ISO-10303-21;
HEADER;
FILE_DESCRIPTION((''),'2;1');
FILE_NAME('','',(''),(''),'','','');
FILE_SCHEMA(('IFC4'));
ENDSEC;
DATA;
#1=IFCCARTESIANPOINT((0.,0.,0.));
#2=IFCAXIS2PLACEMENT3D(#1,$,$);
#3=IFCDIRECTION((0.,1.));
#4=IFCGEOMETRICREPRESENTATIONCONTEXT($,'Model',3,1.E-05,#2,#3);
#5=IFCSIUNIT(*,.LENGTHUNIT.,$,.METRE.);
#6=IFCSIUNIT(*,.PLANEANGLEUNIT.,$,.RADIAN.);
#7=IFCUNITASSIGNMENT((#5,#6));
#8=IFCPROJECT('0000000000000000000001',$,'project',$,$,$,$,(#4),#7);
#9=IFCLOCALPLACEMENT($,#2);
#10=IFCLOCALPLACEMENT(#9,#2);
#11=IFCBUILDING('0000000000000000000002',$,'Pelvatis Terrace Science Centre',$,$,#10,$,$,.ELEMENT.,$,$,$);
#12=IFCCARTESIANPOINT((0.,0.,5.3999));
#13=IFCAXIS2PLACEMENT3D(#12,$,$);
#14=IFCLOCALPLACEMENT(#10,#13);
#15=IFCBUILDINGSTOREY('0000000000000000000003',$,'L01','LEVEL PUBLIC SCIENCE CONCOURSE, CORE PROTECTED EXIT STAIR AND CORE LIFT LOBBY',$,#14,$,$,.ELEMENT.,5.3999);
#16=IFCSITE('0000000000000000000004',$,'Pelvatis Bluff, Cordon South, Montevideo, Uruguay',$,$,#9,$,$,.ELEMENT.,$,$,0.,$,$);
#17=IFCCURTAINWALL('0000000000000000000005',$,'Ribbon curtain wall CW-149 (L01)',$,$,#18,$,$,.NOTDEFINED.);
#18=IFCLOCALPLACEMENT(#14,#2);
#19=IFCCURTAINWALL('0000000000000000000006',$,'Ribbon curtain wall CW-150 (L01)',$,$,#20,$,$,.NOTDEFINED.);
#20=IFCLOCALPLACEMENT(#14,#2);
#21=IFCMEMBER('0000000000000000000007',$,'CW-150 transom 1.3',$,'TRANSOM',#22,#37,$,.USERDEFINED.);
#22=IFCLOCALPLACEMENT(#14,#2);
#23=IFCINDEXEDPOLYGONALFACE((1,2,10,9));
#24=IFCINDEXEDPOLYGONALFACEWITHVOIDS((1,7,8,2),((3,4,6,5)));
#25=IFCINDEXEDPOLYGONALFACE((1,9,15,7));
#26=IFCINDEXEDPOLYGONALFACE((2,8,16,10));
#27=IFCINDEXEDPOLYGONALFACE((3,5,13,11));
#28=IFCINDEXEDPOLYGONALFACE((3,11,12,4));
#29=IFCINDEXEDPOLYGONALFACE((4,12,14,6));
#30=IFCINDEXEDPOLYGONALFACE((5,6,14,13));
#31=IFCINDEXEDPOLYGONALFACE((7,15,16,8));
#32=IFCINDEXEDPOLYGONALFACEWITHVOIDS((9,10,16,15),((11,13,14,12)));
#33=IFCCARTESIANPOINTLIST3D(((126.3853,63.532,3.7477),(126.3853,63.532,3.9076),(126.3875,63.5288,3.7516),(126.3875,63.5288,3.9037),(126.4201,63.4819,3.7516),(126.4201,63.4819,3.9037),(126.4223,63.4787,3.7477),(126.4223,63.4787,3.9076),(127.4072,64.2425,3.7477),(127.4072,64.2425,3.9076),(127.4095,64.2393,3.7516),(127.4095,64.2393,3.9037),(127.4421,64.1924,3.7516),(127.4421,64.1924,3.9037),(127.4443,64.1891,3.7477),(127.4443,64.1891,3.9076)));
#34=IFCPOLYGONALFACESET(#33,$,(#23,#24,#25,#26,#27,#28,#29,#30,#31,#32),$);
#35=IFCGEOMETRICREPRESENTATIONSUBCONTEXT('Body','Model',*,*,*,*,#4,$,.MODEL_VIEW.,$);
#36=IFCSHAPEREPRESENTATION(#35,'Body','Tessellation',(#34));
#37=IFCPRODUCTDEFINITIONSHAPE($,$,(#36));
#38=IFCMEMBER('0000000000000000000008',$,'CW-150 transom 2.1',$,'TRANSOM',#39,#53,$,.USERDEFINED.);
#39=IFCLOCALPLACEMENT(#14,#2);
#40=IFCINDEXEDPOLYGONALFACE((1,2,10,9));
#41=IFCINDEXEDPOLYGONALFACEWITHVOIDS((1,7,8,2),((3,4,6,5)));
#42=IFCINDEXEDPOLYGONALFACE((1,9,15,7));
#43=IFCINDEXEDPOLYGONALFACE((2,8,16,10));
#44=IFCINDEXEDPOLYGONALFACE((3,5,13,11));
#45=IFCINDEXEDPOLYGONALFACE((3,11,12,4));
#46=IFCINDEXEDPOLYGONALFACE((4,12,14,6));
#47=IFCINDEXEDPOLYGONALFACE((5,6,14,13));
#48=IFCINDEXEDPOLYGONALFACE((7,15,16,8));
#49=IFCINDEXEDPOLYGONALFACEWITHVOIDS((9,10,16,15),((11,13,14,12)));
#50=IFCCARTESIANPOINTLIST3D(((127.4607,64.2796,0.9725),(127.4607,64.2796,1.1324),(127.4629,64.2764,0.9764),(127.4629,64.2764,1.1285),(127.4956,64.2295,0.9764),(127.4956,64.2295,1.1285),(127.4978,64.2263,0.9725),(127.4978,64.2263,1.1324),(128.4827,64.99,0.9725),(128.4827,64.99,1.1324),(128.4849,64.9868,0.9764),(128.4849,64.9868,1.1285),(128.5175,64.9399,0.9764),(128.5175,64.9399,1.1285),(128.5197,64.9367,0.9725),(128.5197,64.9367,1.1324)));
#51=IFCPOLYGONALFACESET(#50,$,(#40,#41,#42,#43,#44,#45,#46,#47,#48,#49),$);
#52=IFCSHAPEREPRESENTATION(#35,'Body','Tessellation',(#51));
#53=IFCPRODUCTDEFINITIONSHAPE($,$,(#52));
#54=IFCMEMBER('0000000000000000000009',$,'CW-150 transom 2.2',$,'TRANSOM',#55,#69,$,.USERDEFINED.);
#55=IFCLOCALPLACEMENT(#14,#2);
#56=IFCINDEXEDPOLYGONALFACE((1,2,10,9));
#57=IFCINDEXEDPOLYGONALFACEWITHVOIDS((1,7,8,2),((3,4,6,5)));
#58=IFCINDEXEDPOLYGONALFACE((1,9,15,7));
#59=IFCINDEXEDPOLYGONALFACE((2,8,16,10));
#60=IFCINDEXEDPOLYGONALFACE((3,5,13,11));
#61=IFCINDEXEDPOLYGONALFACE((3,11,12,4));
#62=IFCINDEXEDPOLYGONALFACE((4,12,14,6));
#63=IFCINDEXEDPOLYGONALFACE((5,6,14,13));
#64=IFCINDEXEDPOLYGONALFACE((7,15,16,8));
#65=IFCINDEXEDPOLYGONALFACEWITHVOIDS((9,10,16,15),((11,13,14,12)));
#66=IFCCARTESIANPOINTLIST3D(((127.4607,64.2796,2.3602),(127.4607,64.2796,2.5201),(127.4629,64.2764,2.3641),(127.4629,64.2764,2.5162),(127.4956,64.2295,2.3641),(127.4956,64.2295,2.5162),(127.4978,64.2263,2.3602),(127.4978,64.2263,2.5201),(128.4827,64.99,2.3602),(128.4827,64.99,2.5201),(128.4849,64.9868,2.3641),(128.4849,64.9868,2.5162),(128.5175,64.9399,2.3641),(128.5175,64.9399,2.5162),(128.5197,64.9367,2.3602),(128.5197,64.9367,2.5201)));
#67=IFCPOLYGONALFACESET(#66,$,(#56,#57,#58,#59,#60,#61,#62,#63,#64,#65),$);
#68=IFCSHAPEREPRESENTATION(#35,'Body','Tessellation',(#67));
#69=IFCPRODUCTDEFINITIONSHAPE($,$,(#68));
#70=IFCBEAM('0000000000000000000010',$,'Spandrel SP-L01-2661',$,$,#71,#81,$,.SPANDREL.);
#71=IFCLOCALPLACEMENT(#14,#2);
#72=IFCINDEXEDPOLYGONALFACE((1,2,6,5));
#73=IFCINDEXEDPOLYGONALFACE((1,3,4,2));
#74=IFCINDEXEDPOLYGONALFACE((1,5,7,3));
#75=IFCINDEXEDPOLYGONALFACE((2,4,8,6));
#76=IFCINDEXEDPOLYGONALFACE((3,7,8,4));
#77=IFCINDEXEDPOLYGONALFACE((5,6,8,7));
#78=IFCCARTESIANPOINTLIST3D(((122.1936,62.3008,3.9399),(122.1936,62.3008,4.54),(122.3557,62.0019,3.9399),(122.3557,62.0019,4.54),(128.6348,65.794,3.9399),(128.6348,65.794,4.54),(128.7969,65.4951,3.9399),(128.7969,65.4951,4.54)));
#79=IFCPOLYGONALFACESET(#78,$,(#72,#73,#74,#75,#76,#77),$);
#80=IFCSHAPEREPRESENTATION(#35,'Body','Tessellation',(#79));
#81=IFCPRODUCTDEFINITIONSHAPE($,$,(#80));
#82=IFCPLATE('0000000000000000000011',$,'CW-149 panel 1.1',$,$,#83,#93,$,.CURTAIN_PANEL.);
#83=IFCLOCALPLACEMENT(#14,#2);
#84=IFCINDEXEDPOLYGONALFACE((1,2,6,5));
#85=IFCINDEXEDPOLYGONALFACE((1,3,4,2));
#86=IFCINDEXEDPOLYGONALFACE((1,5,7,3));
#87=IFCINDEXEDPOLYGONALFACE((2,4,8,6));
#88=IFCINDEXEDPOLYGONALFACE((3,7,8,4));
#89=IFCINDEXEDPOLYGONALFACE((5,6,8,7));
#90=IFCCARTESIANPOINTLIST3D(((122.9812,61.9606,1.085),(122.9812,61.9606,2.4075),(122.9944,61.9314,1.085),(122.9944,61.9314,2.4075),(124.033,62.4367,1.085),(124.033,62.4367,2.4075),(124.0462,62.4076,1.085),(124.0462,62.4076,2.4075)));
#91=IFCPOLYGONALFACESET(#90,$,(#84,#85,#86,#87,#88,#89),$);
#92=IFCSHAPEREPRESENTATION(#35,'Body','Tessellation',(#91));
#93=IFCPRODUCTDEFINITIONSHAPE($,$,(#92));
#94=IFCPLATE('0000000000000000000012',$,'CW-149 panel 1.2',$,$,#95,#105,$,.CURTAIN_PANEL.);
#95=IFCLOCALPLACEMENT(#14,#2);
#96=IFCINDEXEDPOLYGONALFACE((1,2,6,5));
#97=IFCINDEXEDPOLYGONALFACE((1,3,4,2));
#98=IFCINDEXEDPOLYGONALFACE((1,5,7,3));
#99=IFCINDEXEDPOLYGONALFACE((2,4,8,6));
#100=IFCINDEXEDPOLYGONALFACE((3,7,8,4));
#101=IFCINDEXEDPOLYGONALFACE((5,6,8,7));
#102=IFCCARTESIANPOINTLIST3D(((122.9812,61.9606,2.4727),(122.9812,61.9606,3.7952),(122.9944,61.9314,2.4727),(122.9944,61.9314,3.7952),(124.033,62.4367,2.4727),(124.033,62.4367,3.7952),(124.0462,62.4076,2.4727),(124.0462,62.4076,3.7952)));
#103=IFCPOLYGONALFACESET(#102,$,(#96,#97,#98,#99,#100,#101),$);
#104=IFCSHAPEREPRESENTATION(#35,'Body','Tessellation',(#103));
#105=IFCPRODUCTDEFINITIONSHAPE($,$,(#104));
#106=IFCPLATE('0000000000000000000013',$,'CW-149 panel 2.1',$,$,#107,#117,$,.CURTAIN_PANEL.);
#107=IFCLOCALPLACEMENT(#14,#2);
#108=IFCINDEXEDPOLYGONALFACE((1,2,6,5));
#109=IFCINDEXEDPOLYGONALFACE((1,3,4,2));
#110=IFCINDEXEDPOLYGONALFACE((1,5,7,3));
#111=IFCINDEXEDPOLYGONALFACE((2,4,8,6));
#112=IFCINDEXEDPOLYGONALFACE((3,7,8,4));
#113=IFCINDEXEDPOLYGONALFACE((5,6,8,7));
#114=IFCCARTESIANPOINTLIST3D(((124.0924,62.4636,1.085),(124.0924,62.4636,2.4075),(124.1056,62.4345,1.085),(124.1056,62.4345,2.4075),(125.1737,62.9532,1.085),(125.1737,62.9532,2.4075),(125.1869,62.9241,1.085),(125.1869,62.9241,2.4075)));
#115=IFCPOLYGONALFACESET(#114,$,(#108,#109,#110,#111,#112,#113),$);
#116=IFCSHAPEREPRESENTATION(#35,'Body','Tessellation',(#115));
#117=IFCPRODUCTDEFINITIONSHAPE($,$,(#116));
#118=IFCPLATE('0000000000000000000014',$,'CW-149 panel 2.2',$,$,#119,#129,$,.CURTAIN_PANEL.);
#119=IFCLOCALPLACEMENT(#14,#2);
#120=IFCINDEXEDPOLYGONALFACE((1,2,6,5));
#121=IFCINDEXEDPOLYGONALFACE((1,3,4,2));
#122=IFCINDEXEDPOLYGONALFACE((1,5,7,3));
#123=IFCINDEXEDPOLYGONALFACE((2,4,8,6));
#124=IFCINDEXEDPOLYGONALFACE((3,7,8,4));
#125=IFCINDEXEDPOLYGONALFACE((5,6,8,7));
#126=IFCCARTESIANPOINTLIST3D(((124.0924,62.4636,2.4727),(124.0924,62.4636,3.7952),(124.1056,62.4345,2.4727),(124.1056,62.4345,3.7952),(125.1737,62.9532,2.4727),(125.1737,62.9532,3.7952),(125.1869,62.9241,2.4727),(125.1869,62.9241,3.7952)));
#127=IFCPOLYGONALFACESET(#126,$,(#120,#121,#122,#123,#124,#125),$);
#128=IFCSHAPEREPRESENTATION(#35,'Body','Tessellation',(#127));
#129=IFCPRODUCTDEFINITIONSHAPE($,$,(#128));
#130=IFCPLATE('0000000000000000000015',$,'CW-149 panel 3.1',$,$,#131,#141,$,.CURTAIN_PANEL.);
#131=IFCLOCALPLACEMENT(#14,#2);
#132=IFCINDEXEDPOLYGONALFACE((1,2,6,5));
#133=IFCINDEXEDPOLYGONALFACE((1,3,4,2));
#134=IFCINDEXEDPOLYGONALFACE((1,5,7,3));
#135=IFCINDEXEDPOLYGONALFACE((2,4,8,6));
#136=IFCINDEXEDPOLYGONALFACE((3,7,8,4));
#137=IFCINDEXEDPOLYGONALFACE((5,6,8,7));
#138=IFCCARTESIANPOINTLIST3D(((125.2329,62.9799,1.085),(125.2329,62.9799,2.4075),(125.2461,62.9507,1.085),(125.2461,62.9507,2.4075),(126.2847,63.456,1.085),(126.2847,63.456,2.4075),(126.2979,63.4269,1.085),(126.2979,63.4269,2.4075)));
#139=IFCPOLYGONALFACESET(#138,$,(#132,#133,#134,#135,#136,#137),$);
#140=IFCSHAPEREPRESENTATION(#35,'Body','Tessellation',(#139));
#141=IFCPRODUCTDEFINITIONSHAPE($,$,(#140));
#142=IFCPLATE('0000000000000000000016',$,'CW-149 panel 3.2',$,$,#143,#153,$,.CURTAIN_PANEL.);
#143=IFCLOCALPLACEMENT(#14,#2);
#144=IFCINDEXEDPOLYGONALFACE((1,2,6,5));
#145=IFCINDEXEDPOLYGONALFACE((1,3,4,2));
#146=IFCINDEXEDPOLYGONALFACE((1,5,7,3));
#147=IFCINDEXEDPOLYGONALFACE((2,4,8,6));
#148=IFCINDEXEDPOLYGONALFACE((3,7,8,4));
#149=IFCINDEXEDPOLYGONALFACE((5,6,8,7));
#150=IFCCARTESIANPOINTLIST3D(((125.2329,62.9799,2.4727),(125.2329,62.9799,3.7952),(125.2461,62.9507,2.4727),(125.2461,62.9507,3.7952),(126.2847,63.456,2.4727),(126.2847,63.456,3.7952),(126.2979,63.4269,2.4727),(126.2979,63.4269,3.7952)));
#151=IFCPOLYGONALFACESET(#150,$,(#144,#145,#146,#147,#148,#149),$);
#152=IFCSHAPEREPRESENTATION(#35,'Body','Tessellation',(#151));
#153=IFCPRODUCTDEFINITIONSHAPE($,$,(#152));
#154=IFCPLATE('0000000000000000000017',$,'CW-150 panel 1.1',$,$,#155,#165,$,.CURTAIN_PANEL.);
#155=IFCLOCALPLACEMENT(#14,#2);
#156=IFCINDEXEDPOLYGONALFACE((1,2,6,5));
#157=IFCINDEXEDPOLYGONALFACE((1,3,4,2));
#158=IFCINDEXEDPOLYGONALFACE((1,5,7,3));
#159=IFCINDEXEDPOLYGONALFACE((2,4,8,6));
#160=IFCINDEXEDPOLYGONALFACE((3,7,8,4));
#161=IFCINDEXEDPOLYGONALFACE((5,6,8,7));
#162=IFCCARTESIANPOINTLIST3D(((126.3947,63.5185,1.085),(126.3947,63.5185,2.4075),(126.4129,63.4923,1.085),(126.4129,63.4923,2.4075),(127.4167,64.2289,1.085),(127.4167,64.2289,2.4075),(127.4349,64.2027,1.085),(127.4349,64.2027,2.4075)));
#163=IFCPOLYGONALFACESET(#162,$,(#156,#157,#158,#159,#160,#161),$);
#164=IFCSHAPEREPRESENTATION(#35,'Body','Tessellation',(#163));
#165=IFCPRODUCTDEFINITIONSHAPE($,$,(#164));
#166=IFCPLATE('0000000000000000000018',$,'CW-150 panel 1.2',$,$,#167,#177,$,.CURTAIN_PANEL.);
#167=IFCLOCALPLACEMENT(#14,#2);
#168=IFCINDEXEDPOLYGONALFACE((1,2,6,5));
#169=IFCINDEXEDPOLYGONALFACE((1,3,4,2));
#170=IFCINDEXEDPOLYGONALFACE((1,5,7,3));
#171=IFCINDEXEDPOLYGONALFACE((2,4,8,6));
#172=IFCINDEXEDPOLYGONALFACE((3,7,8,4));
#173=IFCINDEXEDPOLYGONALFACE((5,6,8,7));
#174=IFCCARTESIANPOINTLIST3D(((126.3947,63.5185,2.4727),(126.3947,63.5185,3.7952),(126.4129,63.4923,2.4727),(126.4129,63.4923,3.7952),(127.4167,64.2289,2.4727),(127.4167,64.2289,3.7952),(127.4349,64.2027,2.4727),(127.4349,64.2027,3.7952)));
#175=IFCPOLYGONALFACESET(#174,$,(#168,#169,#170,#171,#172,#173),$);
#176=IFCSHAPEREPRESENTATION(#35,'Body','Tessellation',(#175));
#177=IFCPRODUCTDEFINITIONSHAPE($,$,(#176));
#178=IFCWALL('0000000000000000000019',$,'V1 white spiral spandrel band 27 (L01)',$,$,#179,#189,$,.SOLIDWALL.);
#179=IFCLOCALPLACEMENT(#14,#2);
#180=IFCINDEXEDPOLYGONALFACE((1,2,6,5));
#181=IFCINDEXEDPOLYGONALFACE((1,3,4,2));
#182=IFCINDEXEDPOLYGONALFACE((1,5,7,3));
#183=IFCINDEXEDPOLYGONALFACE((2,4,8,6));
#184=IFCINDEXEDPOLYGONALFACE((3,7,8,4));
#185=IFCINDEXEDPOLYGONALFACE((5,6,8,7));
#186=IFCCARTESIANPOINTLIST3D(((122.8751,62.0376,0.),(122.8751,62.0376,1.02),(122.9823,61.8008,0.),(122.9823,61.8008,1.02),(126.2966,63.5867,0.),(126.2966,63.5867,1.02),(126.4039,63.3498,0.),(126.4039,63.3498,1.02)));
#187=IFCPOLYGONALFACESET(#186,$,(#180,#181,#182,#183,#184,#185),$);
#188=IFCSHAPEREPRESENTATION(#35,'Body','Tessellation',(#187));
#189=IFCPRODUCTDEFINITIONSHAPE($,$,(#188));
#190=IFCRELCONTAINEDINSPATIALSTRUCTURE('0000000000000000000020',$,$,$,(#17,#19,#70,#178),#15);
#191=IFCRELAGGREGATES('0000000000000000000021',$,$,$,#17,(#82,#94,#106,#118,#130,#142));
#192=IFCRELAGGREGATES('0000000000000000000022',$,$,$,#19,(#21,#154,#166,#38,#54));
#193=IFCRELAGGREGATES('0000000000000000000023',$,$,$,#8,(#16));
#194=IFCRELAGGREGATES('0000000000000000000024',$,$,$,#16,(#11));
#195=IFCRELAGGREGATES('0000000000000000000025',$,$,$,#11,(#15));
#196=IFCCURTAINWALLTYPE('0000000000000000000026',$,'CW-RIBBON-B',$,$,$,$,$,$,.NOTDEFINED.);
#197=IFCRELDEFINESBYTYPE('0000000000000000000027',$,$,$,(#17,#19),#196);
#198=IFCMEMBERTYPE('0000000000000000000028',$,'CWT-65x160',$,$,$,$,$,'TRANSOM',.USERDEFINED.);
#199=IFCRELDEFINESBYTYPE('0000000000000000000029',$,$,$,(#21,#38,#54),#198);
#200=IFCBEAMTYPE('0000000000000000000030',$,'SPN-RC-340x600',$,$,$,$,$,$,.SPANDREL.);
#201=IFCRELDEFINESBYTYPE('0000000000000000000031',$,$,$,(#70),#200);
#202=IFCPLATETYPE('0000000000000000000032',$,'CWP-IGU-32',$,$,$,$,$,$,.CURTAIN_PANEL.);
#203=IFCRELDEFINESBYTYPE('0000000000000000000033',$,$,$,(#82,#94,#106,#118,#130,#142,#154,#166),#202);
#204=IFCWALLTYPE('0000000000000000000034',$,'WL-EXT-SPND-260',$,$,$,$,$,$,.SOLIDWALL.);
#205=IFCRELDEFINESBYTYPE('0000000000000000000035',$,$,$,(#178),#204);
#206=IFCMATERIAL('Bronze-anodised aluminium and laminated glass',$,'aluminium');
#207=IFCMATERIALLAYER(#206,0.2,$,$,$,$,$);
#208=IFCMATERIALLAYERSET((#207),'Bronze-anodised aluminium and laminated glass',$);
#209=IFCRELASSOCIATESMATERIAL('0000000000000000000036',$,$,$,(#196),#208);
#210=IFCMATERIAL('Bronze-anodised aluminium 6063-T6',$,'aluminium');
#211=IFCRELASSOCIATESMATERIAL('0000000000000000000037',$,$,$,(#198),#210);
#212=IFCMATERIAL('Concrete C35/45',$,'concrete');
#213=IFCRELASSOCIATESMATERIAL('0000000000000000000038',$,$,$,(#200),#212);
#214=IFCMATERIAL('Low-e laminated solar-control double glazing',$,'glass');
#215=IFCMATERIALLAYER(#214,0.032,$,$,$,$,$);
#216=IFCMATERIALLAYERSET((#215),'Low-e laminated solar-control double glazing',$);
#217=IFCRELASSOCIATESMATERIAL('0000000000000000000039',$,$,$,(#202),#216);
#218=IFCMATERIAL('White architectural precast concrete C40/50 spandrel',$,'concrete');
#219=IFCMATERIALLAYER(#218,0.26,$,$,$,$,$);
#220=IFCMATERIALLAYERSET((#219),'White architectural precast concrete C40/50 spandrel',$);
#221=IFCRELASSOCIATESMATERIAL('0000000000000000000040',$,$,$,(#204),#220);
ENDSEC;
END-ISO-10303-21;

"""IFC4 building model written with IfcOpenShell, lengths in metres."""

from ifc_helpers import new_model, si_unit, direction, frame, frame_2d, origin, origin_2d, place, context, subcontext, project, spatial, rectangle, hollow_rectangle, extrude, material, layer, layer_set, material_profile, profile_set, type_object, element, aggregate, save


model = new_model("IFC4")

# Units and contexts
model_context = context("Model", 3, precision=1e-05, world=origin(), true_north=direction((0.0, 1.0)))
body_context = subcontext(model_context, "Body", "Model", "MODEL_VIEW")
ifc_project = project(units=[si_unit("LENGTHUNIT", "METRE"), si_unit("PLANEANGLEUNIT", "RADIAN")], contexts=[model_context])

# Site, building, storey
site_placement = place(None, origin())
site = spatial("IfcSite", under=ifc_project, at=site_placement, Name="Pelvatis Bluff, Cordon South, Montevideo, Uruguay", CompositionType="ELEMENT", RefElevation=0.0)
building_placement = place(site_placement, origin())
building = spatial("IfcBuilding", under=site, at=building_placement, Name="Pelvatis Terrace Science Centre", CompositionType="ELEMENT")
storey_placement = place(building_placement, frame((0.0, 0.0, 5.3999)))
storey = spatial("IfcBuildingStorey", under=building, at=storey_placement, Name="L01", Description="LEVEL PUBLIC SCIENCE CONCOURSE, CORE PROTECTED EXIT STAIR AND CORE LIFT LOBBY", CompositionType="ELEMENT", Elevation=5.3999)

# Shared definitions
ifc_material_1 = material(Name="Bronze-anodised aluminium and laminated glass", Category="aluminium")
ifc_layer_1 = layer(ifc_material_1, 0.2)
ifc_layer_set_1 = layer_set([ifc_layer_1], Name="Bronze-anodised aluminium and laminated glass")
curtain_wall_type = type_object("IfcCurtainWallType", Name="CW-RIBBON-B", PredefinedType="NOTDEFINED", material=ifc_layer_set_1)

# Curtain walls
curtain_wall_1_placement = place(storey_placement, origin())
curtain_wall_1 = element("IfcCurtainWall", 1, at=curtain_wall_1_placement, inside=storey, type_object=curtain_wall_type, Name="Ribbon curtain wall CW-149 (L01)", PredefinedType="NOTDEFINED")
curtain_wall_2_placement = place(storey_placement, origin())
curtain_wall_2 = element("IfcCurtainWall", 2, at=curtain_wall_2_placement, inside=storey, type_object=curtain_wall_type, Name="Ribbon curtain wall CW-150 (L01)", PredefinedType="NOTDEFINED")

# Members
ifc_material_2 = material(Name="Bronze-anodised aluminium 6063-T6", Category="aluminium")
ifc_material_profile_1 = material_profile(ifc_material_2, hollow_rectangle(XDim=0.0649, YDim=0.1599, WallThickness=0.0039, at=origin_2d()), Name="ALU-TRN 65x160")
ifc_profile_set_1 = profile_set([ifc_material_profile_1], Name="Bronze-anodised aluminium 6063-T6")
member_type_1 = type_object("IfcMemberType", Name="CWT-65x160", ElementType="TRANSOM", PredefinedType="USERDEFINED", material=ifc_profile_set_1)
member_1_placement = place(storey_placement, frame((126.4038, 63.5054, 3.8276), z_axis=(0.821089, 0.5708, 0.0), x_axis=(-0.5708, 0.821089, 0.0)))
member_1 = element("IfcMember", 3, at=member_1_placement, type_object=member_type_1, Name="CW-150 transom 1.3", ObjectType="TRANSOM", PredefinedType="USERDEFINED", context=body_context, shape_type="SweptSolid", body=[
    extrude(hollow_rectangle(XDim=0.0649, YDim=0.1599, WallThickness=0.0039, at=origin_2d()), origin(), (0.0, 0.0, 1.0), 1.2446),
])
member_2_placement = place(storey_placement, frame((127.4792, 64.2529, 1.0525), z_axis=(0.821089, 0.5708, 0.0), x_axis=(-0.5708, 0.821089, 0.0)))
member_2 = element("IfcMember", 4, at=member_2_placement, type_object=member_type_1, Name="CW-150 transom 2.1", ObjectType="TRANSOM", PredefinedType="USERDEFINED", context=body_context, shape_type="SweptSolid", body=[
    extrude(hollow_rectangle(XDim=0.0649, YDim=0.1599, WallThickness=0.0039, at=origin_2d()), origin(), (0.0, 0.0, 1.0), 1.2446),
])
member_3_placement = place(storey_placement, frame((127.4792, 64.2529, 2.4402), z_axis=(0.821089, 0.5708, 0.0), x_axis=(-0.5708, 0.821089, 0.0)))
member_3 = element("IfcMember", 5, at=member_3_placement, type_object=member_type_1, Name="CW-150 transom 2.2", ObjectType="TRANSOM", PredefinedType="USERDEFINED", context=body_context, shape_type="SweptSolid", body=[
    extrude(hollow_rectangle(XDim=0.0649, YDim=0.1599, WallThickness=0.0039, at=origin_2d()), origin(), (0.0, 0.0, 1.0), 1.2446),
])

# Beam
ifc_material_3 = material(Name="Concrete C35/45", Category="concrete")
ifc_material_profile_2 = material_profile(ifc_material_3, rectangle(XDim=0.3401, YDim=0.6001, at=origin_2d()), Name="RC-SPN 340x600")
ifc_profile_set_2 = profile_set([ifc_material_profile_2], Name="Concrete C35/45")
beam_type_1 = type_object("IfcBeamType", Name="SPN-RC-340x600", PredefinedType="SPANDREL", material=ifc_profile_set_2)
beam_1_placement = place(storey_placement, frame((122.2747, 62.1514, 4.24), z_axis=(0.879052, 0.476726, 0.0), x_axis=(-0.476726, 0.879052, 0.0)))
element("IfcBeam", 6, at=beam_1_placement, inside=storey, type_object=beam_type_1, Name="Spandrel SP-L01-2661", PredefinedType="SPANDREL", context=body_context, shape_type="SweptSolid", body=[
    extrude(rectangle(XDim=0.3401, YDim=0.6001, at=origin_2d()), origin(), (0.0, 0.0, 1.0), 7.3274),
])

# Plates
ifc_material_4 = material(Name="Low-e laminated solar-control double glazing", Category="glass")
ifc_layer_2 = layer(ifc_material_4, 0.032)
ifc_layer_set_2 = layer_set([ifc_layer_2], Name="Low-e laminated solar-control double glazing")
plate_type = type_object("IfcPlateType", Name="CWP-IGU-32", PredefinedType="CURTAIN_PANEL", material=ifc_layer_set_2)
plate_1_placement = place(storey_placement, frame((123.5137, 62.1841, 1.085), z_axis=(0.0, 0.0, 1.0), x_axis=(0.910989, 0.41243, 0.0)))
plate_1 = element("IfcPlate", 7, at=plate_1_placement, type_object=plate_type, Name="CW-149 panel 1.1", PredefinedType="CURTAIN_PANEL", context=body_context, shape_type="SweptSolid", body=[
    extrude(rectangle(XDim=1.1545, YDim=0.032, at=origin_2d()), origin(), (0.0, 0.0, 1.0), 1.3225),
])
plate_2_placement = place(storey_placement, frame((123.5137, 62.1841, 2.4727), z_axis=(0.0, 0.0, 1.0), x_axis=(0.910989, 0.41243, 0.0)))
plate_2 = element("IfcPlate", 8, at=plate_2_placement, type_object=plate_type, Name="CW-149 panel 1.2", PredefinedType="CURTAIN_PANEL", context=body_context, shape_type="SweptSolid", body=[
    extrude(rectangle(XDim=1.1545, YDim=0.032, at=origin_2d()), origin(), (0.0, 0.0, 1.0), 1.3225),
])
plate_3_placement = place(storey_placement, frame((124.6396, 62.6938, 1.085), z_axis=(0.0, 0.0, 1.0), x_axis=(0.910989, 0.41243, 0.0)))
plate_3 = element("IfcPlate", 9, at=plate_3_placement, type_object=plate_type, Name="CW-149 panel 2.1", PredefinedType="CURTAIN_PANEL", context=body_context, shape_type="SweptSolid", body=[
    extrude(rectangle(XDim=1.187, YDim=0.032, at=origin_2d()), origin(), (0.0, 0.0, 1.0), 1.3225),
])
plate_4_placement = place(storey_placement, frame((124.6396, 62.6938, 2.4727), z_axis=(0.0, 0.0, 1.0), x_axis=(0.910989, 0.41243, 0.0)))
plate_4 = element("IfcPlate", 10, at=plate_4_placement, type_object=plate_type, Name="CW-149 panel 2.2", PredefinedType="CURTAIN_PANEL", context=body_context, shape_type="SweptSolid", body=[
    extrude(rectangle(XDim=1.187, YDim=0.032, at=origin_2d()), origin(), (0.0, 0.0, 1.0), 1.3225),
])
plate_5_placement = place(storey_placement, frame((125.7654, 63.2034, 1.085), z_axis=(0.0, 0.0, 1.0), x_axis=(0.910989, 0.41243, 0.0)))
plate_5 = element("IfcPlate", 11, at=plate_5_placement, type_object=plate_type, Name="CW-149 panel 3.1", PredefinedType="CURTAIN_PANEL", context=body_context, shape_type="SweptSolid", body=[
    extrude(rectangle(XDim=1.1545, YDim=0.032, at=origin_2d()), origin(), (0.0, 0.0, 1.0), 1.3225),
])
plate_6_placement = place(storey_placement, frame((125.7654, 63.2034, 2.4727), z_axis=(0.0, 0.0, 1.0), x_axis=(0.910989, 0.41243, 0.0)))
plate_6 = element("IfcPlate", 12, at=plate_6_placement, type_object=plate_type, Name="CW-149 panel 3.2", PredefinedType="CURTAIN_PANEL", context=body_context, shape_type="SweptSolid", body=[
    extrude(rectangle(XDim=1.1545, YDim=0.032, at=origin_2d()), origin(), (0.0, 0.0, 1.0), 1.3225),
])
aggregate(curtain_wall_1, [plate_1, plate_2, plate_3, plate_4, plate_5, plate_6])
plate_7_placement = place(storey_placement, frame((126.9148, 63.8606, 1.085), z_axis=(0.0, 0.0, 1.0), x_axis=(0.821107, 0.570774, 0.0)))
plate_7 = element("IfcPlate", 13, at=plate_7_placement, type_object=plate_type, Name="CW-150 panel 1.1", PredefinedType="CURTAIN_PANEL", context=body_context, shape_type="SweptSolid", body=[
    extrude(rectangle(XDim=1.2446, YDim=0.032, at=origin_2d()), origin(), (0.0, 0.0, 1.0), 1.3225),
])
plate_8_placement = place(storey_placement, frame((126.9148, 63.8606, 2.4727), z_axis=(0.0, 0.0, 1.0), x_axis=(0.821107, 0.570774, 0.0)))
plate_8 = element("IfcPlate", 14, at=plate_8_placement, type_object=plate_type, Name="CW-150 panel 1.2", PredefinedType="CURTAIN_PANEL", context=body_context, shape_type="SweptSolid", body=[
    extrude(rectangle(XDim=1.2446, YDim=0.032, at=origin_2d()), origin(), (0.0, 0.0, 1.0), 1.3225),
])
aggregate(curtain_wall_2, [member_1, plate_7, plate_8, member_2, member_3])

# Wall
ifc_material_5 = material(Name="White architectural precast concrete C40/50 spandrel", Category="concrete")
ifc_layer_3 = layer(ifc_material_5, 0.26)
ifc_layer_set_3 = layer_set([ifc_layer_3], Name="White architectural precast concrete C40/50 spandrel")
wall_type_1 = type_object("IfcWallType", Name="WL-EXT-SPND-260", PredefinedType="SOLIDWALL", material=ifc_layer_set_3)
wall_1_placement = place(storey_placement, frame((122.9287, 61.9192, 0.0), z_axis=(0.0, 0.0, 1.0), x_axis=(0.910989, 0.412431, 0.0)))
element("IfcWall", 15, at=wall_1_placement, inside=storey, type_object=wall_type_1, Name="V1 white spiral spandrel band 27 (L01)", PredefinedType="SOLIDWALL", context=body_context, shape_type="SweptSolid", body=[
    extrude(rectangle(XDim=3.7559, YDim=0.26, at=frame_2d((1.8779, 0.0))), origin(), (0.0, 0.0, 1.0), 1.02),
])

save(model, "model.ifc")
